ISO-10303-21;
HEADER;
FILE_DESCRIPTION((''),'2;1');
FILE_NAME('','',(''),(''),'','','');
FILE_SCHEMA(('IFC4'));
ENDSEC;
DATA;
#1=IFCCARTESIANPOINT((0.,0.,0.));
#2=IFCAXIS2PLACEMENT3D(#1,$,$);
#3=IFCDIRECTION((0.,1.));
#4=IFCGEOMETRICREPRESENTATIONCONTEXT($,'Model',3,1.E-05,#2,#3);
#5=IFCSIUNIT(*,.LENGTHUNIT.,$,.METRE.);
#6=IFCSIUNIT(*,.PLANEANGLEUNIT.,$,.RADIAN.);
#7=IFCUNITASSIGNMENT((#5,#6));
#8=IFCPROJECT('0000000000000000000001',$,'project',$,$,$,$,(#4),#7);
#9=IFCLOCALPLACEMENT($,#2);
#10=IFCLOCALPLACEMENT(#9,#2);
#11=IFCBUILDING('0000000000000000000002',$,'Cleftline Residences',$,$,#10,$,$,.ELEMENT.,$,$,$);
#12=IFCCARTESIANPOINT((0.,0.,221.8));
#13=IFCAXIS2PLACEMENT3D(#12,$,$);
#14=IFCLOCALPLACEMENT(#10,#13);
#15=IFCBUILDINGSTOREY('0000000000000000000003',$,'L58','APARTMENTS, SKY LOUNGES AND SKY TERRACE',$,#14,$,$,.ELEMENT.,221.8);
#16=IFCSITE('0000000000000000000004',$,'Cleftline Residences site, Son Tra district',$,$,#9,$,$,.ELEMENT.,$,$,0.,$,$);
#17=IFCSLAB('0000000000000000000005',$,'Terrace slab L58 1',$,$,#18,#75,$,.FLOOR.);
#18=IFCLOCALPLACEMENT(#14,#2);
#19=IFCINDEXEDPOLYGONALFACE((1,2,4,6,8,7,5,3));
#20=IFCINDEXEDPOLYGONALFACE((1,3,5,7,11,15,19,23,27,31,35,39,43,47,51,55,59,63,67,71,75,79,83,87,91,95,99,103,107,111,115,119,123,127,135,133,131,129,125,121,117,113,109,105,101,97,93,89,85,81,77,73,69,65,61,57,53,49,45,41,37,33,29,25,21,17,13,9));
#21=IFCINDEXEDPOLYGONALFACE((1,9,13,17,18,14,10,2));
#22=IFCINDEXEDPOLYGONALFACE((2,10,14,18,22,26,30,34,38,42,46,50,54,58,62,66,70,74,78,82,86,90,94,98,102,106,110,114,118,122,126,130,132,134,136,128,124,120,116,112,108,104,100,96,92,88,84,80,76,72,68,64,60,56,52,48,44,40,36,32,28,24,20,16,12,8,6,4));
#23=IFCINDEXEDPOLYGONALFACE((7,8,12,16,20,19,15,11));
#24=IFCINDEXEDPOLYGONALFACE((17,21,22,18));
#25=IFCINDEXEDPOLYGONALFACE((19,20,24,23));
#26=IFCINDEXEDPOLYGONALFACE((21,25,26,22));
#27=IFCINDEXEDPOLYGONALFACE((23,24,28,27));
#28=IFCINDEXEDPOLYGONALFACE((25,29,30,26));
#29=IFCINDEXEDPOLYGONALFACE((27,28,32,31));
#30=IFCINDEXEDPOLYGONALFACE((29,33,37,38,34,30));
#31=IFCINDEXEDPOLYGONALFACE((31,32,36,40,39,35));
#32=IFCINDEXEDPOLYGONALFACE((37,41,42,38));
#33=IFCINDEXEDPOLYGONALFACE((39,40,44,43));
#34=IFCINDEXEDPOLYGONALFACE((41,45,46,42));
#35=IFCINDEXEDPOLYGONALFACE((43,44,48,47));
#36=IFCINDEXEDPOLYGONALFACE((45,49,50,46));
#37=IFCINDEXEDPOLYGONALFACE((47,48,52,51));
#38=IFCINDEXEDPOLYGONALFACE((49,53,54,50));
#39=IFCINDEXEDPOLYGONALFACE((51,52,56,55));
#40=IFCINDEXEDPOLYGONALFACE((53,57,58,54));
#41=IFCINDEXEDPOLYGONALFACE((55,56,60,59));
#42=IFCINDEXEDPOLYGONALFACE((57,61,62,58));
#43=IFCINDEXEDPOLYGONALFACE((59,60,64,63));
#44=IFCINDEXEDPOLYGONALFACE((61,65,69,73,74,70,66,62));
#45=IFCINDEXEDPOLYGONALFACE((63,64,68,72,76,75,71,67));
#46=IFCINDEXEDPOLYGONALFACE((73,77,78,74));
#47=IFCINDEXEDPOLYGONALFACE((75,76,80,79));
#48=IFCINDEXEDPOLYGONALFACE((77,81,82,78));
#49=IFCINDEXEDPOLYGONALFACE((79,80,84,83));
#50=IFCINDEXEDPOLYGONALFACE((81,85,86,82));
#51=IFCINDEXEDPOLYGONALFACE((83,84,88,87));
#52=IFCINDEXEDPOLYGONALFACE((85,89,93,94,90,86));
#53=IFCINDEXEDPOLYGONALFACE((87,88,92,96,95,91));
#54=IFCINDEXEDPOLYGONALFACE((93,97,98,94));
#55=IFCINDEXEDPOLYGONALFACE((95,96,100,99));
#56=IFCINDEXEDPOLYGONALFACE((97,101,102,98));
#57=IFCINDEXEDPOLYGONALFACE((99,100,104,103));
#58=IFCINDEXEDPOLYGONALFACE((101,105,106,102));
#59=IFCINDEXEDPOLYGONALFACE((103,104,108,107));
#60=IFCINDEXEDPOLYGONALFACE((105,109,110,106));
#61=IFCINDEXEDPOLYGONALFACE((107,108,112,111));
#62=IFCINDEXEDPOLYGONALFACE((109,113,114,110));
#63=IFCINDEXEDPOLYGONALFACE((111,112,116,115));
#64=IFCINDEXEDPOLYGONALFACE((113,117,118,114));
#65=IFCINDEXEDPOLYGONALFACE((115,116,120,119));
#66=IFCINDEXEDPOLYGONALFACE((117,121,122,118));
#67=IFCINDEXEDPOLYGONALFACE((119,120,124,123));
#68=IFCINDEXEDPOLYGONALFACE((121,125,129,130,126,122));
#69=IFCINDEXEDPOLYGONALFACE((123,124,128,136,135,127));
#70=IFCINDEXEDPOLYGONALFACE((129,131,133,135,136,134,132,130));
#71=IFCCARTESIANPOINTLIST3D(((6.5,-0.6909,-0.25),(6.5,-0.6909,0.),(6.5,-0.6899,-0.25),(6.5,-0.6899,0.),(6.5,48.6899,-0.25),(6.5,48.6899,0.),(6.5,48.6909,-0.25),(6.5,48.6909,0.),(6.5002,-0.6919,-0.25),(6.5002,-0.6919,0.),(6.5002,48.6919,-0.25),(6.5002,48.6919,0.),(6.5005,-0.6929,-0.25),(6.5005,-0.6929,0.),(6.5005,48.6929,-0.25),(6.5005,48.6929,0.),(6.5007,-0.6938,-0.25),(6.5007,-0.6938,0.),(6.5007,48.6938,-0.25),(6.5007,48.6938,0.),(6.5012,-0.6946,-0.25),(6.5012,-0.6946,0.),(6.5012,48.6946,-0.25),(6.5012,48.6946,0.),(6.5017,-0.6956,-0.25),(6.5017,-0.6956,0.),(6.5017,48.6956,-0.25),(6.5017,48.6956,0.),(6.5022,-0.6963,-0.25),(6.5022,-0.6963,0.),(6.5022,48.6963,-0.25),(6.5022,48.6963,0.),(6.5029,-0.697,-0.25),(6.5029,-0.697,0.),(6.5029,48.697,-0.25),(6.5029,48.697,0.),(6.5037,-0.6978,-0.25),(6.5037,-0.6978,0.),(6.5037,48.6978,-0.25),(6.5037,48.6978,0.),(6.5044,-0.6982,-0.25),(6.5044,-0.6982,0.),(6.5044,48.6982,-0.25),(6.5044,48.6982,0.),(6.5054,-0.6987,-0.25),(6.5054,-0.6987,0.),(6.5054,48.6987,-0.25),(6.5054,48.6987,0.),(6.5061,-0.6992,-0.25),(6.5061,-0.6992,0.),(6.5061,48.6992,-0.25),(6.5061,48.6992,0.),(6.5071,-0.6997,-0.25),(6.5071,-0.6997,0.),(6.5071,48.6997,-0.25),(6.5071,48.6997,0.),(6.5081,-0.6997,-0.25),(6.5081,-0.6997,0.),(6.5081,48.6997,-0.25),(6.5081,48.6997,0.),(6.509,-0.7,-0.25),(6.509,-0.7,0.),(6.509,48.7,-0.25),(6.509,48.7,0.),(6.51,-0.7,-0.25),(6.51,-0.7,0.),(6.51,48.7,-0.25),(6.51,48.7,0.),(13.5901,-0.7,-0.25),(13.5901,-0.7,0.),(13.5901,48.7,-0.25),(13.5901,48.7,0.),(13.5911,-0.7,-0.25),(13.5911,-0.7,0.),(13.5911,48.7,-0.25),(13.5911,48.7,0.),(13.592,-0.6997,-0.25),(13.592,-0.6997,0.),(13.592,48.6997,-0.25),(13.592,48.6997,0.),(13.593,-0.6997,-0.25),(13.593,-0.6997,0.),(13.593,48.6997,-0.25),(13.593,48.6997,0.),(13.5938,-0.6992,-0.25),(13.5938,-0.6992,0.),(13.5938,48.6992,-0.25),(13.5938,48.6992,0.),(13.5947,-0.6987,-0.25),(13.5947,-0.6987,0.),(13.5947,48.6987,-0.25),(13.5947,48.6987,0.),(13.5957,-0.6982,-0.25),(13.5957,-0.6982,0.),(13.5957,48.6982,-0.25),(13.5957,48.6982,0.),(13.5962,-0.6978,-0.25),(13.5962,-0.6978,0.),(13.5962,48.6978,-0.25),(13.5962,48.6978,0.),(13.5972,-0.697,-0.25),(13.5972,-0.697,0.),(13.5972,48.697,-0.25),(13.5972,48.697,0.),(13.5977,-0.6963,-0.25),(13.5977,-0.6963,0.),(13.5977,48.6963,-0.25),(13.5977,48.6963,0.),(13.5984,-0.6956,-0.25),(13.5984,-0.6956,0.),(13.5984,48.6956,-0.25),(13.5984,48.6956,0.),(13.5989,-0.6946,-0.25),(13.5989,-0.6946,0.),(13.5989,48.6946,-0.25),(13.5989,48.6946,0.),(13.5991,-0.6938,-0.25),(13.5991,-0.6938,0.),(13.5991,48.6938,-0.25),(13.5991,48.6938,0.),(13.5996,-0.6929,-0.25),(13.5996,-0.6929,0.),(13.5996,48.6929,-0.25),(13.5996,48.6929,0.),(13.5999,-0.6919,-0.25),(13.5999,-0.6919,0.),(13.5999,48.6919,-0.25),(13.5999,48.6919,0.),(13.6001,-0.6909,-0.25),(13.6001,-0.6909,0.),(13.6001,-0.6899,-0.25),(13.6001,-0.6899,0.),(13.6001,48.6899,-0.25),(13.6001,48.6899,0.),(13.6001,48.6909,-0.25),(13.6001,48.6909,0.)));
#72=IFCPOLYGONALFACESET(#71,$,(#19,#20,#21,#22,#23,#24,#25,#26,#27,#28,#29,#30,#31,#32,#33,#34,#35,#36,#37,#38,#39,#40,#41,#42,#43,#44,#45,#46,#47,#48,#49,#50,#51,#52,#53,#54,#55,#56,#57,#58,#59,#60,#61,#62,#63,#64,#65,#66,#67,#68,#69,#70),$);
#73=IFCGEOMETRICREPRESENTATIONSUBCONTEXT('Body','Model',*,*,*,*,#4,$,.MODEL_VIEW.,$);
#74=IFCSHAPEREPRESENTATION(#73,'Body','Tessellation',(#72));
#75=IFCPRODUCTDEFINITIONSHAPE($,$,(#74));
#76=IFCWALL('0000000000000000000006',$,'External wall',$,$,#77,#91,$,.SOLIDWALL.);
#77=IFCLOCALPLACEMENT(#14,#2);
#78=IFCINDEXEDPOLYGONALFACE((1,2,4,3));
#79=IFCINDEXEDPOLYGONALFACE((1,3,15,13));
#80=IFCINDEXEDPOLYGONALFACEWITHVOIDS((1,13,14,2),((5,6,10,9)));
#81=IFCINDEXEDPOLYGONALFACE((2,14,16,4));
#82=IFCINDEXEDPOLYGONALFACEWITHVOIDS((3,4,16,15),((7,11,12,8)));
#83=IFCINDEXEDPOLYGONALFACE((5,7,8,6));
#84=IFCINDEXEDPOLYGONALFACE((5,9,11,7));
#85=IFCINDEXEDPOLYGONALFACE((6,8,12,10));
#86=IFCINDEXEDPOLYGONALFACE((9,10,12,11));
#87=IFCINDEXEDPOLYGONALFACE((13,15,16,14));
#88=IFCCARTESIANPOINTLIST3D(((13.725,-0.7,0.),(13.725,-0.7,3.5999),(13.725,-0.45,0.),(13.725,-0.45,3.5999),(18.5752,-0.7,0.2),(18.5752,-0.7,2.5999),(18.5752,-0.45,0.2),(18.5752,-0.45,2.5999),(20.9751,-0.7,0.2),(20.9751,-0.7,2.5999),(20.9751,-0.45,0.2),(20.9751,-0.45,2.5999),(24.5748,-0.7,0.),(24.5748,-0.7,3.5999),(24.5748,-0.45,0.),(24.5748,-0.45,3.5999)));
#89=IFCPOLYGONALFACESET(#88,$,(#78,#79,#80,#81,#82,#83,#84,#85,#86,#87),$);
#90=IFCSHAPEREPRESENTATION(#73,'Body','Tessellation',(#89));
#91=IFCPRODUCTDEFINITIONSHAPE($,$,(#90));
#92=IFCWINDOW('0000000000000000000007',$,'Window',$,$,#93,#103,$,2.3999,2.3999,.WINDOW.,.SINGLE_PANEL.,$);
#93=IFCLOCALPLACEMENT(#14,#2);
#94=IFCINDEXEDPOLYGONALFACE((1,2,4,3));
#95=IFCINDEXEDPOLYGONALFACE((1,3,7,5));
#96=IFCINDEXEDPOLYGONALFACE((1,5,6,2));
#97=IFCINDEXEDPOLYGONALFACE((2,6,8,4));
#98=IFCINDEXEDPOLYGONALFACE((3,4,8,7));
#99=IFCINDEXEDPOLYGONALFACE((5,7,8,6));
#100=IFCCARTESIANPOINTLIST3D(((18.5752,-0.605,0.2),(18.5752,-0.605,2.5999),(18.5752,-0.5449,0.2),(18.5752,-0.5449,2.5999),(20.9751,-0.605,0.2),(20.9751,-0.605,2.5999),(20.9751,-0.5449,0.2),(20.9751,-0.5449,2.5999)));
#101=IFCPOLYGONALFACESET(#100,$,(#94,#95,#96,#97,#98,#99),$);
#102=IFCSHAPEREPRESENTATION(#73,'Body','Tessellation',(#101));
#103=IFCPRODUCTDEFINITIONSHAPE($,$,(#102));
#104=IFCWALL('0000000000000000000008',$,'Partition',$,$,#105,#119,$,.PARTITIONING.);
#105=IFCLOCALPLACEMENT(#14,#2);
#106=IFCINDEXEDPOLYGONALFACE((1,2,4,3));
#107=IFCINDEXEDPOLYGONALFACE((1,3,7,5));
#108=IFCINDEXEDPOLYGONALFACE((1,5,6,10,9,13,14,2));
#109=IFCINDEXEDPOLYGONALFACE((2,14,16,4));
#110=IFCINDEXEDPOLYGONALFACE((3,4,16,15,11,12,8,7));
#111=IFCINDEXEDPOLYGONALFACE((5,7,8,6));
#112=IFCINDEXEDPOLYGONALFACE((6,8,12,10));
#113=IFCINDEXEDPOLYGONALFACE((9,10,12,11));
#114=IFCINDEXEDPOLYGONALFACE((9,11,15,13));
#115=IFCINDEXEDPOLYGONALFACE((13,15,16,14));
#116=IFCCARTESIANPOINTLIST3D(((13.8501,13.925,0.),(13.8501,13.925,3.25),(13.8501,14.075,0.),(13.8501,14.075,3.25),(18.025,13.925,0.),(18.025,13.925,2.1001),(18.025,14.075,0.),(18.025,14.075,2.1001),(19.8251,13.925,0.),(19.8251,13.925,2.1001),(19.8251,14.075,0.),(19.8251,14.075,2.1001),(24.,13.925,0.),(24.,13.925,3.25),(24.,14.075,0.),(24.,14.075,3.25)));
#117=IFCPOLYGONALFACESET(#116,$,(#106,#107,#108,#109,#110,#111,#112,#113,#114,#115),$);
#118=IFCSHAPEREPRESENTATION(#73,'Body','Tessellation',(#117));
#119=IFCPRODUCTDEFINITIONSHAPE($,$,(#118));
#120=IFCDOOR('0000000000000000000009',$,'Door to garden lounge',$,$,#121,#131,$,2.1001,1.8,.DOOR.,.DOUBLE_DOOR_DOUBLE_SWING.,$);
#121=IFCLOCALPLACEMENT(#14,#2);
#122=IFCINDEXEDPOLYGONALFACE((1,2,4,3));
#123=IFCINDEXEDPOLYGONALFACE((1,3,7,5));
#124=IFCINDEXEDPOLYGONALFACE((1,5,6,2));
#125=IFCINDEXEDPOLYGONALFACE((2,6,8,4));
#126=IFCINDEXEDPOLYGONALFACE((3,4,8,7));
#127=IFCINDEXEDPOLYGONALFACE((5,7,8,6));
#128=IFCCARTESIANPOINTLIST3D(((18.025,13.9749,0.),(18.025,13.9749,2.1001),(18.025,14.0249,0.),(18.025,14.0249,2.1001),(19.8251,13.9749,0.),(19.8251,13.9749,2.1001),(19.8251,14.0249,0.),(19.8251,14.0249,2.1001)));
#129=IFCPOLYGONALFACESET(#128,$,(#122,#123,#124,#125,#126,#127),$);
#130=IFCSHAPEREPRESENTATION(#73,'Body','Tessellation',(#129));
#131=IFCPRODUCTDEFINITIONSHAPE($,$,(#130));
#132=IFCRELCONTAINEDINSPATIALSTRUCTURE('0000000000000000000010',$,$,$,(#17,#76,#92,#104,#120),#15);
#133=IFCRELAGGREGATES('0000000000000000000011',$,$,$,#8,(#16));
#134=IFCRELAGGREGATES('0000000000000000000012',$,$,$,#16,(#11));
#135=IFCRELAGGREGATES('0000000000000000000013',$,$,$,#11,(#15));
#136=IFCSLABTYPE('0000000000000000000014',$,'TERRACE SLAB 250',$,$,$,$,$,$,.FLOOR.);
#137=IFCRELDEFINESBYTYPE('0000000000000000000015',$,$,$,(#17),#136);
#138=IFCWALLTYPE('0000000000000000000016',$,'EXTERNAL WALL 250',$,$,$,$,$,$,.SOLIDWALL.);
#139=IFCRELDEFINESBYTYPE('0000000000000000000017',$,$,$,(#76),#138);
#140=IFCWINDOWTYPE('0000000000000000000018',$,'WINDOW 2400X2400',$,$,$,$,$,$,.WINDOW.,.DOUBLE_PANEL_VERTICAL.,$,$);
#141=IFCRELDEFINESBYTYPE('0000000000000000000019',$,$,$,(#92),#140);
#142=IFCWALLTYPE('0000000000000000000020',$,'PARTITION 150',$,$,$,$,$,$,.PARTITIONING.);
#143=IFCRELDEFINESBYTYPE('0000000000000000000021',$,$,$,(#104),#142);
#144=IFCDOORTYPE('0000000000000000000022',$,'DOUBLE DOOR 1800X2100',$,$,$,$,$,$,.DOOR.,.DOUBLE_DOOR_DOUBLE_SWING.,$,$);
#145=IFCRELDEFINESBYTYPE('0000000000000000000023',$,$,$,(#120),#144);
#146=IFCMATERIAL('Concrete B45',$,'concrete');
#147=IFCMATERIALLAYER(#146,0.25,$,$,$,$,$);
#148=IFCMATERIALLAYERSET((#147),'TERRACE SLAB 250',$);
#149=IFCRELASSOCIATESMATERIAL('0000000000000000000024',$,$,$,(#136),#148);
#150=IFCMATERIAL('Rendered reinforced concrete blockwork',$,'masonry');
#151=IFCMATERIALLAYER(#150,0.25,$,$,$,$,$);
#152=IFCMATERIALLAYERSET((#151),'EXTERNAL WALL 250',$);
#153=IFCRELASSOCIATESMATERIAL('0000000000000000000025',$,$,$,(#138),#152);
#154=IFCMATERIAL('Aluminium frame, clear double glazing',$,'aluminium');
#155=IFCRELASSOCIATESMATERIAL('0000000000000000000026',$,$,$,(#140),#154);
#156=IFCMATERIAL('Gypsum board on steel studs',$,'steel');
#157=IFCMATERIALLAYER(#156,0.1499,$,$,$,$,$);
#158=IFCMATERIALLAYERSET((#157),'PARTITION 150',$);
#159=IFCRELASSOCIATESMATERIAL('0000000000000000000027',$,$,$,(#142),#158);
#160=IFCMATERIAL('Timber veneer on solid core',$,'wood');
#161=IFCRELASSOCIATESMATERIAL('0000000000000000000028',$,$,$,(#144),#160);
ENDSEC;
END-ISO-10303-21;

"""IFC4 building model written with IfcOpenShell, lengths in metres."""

from ifc_helpers import new_model, si_unit, direction, frame, frame_2d, origin, place, context, subcontext, project, spatial, polyline, rectangle, outline, extrude, material, layer, layer_set, type_object, element, fill, save


model = new_model("IFC4")

# Units and contexts
model_context = context("Model", 3, precision=1e-05, world=origin(), true_north=direction((0.0, 1.0)))
body_context = subcontext(model_context, "Body", "Model", "MODEL_VIEW")
ifc_project = project(units=[si_unit("LENGTHUNIT", "METRE"), si_unit("PLANEANGLEUNIT", "RADIAN")], contexts=[model_context])

# Site, building, storey
site_placement = place(None, origin())
site = spatial("IfcSite", under=ifc_project, at=site_placement, Name="Cleftline Residences site, Son Tra district", CompositionType="ELEMENT", RefElevation=0.0)
building_placement = place(site_placement, origin())
building = spatial("IfcBuilding", under=site, at=building_placement, Name="Cleftline Residences", CompositionType="ELEMENT")
storey_placement = place(building_placement, frame((0.0, 0.0, 221.8)))
storey = spatial("IfcBuildingStorey", under=building, at=storey_placement, Name="L58", Description="APARTMENTS, SKY LOUNGES AND SKY TERRACE", CompositionType="ELEMENT", Elevation=221.8)

# Slab
ifc_material_1 = material(Name="Concrete B45", Category="concrete")
ifc_layer_1 = layer(ifc_material_1, 0.25)
ifc_layer_set_1 = layer_set([ifc_layer_1], Name="TERRACE SLAB 250")
slab_type_1 = type_object("IfcSlabType", Name="TERRACE SLAB 250", PredefinedType="FLOOR", material=ifc_layer_set_1)
slab_1_placement = place(storey_placement, frame((0.0, 0.0, -0.25)))
element("IfcSlab", 1, at=slab_1_placement, inside=storey, type_object=slab_type_1, Name="Terrace slab L58 1", PredefinedType="FLOOR", context=body_context, shape_type="SweptSolid", body=[
    extrude(outline(polyline([(13.5901, -0.7), (13.5911, -0.7), (13.592, -0.6997), (13.593, -0.6997), (13.5938, -0.6992), (13.5947, -0.6987), (13.5957, -0.6982), (13.5962, -0.6978), (13.5972, -0.697), (13.5977, -0.6963), (13.5984, -0.6956), (13.5989, -0.6946), (13.5991, -0.6938), (13.5996, -0.6929), (13.5999, -0.6919), (13.6001, -0.6909), (13.6001, -0.6899), (13.6001, 48.6899), (13.6001, 48.6909), (13.5999, 48.6919), (13.5996, 48.6929), (13.5991, 48.6938), (13.5989, 48.6946), (13.5984, 48.6956), (13.5977, 48.6963), (13.5972, 48.697), (13.5962, 48.6978), (13.5957, 48.6982), (13.5947, 48.6987), (13.5938, 48.6992), (13.593, 48.6997), (13.592, 48.6997), (13.5911, 48.7), (13.5901, 48.7), (6.51, 48.7), (6.509, 48.7), (6.5081, 48.6997), (6.5071, 48.6997), (6.5061, 48.6992), (6.5054, 48.6987), (6.5044, 48.6982), (6.5037, 48.6978), (6.5029, 48.697), (6.5022, 48.6963), (6.5017, 48.6956), (6.5012, 48.6946), (6.5007, 48.6938), (6.5005, 48.6929), (6.5002, 48.6919), (6.5, 48.6909), (6.5, 48.6899), (6.5, -0.6899), (6.5, -0.6909), (6.5002, -0.6919), (6.5005, -0.6929), (6.5007, -0.6938), (6.5012, -0.6946), (6.5017, -0.6956), (6.5022, -0.6963), (6.5029, -0.697), (6.5037, -0.6978), (6.5044, -0.6982), (6.5054, -0.6987), (6.5061, -0.6992), (6.5071, -0.6997), (6.5081, -0.6997), (6.509, -0.7), (6.51, -0.7), (13.5901, -0.7)])), origin(), (0.0, 0.0, 1.0), 0.25),
])

# Wall, opening, window
ifc_material_2 = material(Name="Rendered reinforced concrete blockwork", Category="masonry")
ifc_layer_2 = layer(ifc_material_2, 0.25)
ifc_layer_set_2 = layer_set([ifc_layer_2], Name="EXTERNAL WALL 250")
wall_type_1 = type_object("IfcWallType", Name="EXTERNAL WALL 250", PredefinedType="SOLIDWALL", material=ifc_layer_set_2)
wall_1_placement = place(storey_placement, frame((13.7251, -0.575, 0.0), z_axis=(0.0, 0.0, 1.0), x_axis=(1.0, 0.0, 0.0)))
wall_1 = element("IfcWall", 2, at=wall_1_placement, inside=storey, type_object=wall_type_1, Name="External wall", PredefinedType="SOLIDWALL", context=body_context, shape_type="SweptSolid", body=[
    extrude(rectangle(XDim=10.8499, YDim=0.25, at=frame_2d((5.4248, 0.0))), origin(), (0.0, 0.0, 1.0), 3.5999),
])
opening_1_placement = place(wall_1_placement, frame((4.8501, 0.0, 0.2)))
opening_1 = element("IfcOpeningElement", 3, at=opening_1_placement, cuts=wall_1, PredefinedType="OPENING", context=body_context, shape_type="SweptSolid", body=[
    extrude(rectangle(XDim=2.3999, YDim=2.3999, at=frame_2d((1.2, 1.2))), frame((0.0, 0.135, 0.0), z_axis=(0.0, -1.0, 0.0), x_axis=(1.0, 0.0, 0.0)), (0.0, 0.0, 1.0), 0.27),
])
ifc_material_3 = material(Name="Aluminium frame, clear double glazing", Category="aluminium")
window_type = type_object("IfcWindowType", Name="WINDOW 2400X2400", PartitioningType="DOUBLE_PANEL_VERTICAL", PredefinedType="WINDOW", material=ifc_material_3)
window_placement = place(opening_1_placement, origin())
window = element("IfcWindow", 4, at=window_placement, inside=storey, type_object=window_type, Name="Window", OverallHeight=2.3999, OverallWidth=2.3999, PartitioningType="SINGLE_PANEL", PredefinedType="WINDOW", context=body_context, shape_type="SweptSolid", body=[
    extrude(rectangle(XDim=2.3999, YDim=2.3999, at=frame_2d((1.2, 1.2))), frame((0.0, 0.03, 0.0), z_axis=(0.0, -1.0, 0.0), x_axis=(1.0, 0.0, 0.0)), (0.0, 0.0, 1.0), 0.0601),
])
fill(opening_1, window)

# Wall, opening, door
ifc_material_4 = material(Name="Gypsum board on steel studs", Category="steel")
ifc_layer_3 = layer(ifc_material_4, 0.1499)
ifc_layer_set_3 = layer_set([ifc_layer_3], Name="PARTITION 150")
wall_type_2 = type_object("IfcWallType", Name="PARTITION 150", PredefinedType="PARTITIONING", material=ifc_layer_set_3)
wall_2_placement = place(storey_placement, frame((13.8501, 14.0, 0.0), z_axis=(0.0, 0.0, 1.0), x_axis=(1.0, 0.0, 0.0)))
wall_2 = element("IfcWall", 5, at=wall_2_placement, inside=storey, type_object=wall_type_2, Name="Partition", PredefinedType="PARTITIONING", context=body_context, shape_type="SweptSolid", body=[
    extrude(rectangle(XDim=10.1499, YDim=0.1499, at=frame_2d((5.075, 0.0))), origin(), (0.0, 0.0, 1.0), 3.25),
])
opening_2_placement = place(wall_2_placement, frame((4.175, 0.0, 0.0)))
opening_2 = element("IfcOpeningElement", 6, at=opening_2_placement, cuts=wall_2, PredefinedType="OPENING", context=body_context, shape_type="SweptSolid", body=[
    extrude(rectangle(XDim=1.8, YDim=2.1001, at=frame_2d((0.8999, 1.05))), frame((0.0, 0.085, 0.0), z_axis=(0.0, -1.0, 0.0), x_axis=(1.0, 0.0, 0.0)), (0.0, 0.0, 1.0), 0.1699),
])
ifc_material_5 = material(Name="Timber veneer on solid core", Category="wood")
door_type = type_object("IfcDoorType", Name="DOUBLE DOOR 1800X2100", OperationType="DOUBLE_DOOR_DOUBLE_SWING", PredefinedType="DOOR", material=ifc_material_5)
door_placement = place(opening_2_placement, origin())
door = element("IfcDoor", 7, at=door_placement, inside=storey, type_object=door_type, Name="Door to garden lounge", OperationType="DOUBLE_DOOR_DOUBLE_SWING", OverallHeight=2.1001, OverallWidth=1.8, PredefinedType="DOOR", context=body_context, shape_type="SweptSolid", body=[
    extrude(rectangle(XDim=1.8, YDim=2.1001, at=frame_2d((0.8999, 1.05))), frame((0.0, 0.0249, 0.0), z_axis=(0.0, -1.0, 0.0), x_axis=(1.0, 0.0, 0.0)), (0.0, 0.0, 1.0), 0.05),
])
fill(opening_2, door)

save(model, "model.ifc")
